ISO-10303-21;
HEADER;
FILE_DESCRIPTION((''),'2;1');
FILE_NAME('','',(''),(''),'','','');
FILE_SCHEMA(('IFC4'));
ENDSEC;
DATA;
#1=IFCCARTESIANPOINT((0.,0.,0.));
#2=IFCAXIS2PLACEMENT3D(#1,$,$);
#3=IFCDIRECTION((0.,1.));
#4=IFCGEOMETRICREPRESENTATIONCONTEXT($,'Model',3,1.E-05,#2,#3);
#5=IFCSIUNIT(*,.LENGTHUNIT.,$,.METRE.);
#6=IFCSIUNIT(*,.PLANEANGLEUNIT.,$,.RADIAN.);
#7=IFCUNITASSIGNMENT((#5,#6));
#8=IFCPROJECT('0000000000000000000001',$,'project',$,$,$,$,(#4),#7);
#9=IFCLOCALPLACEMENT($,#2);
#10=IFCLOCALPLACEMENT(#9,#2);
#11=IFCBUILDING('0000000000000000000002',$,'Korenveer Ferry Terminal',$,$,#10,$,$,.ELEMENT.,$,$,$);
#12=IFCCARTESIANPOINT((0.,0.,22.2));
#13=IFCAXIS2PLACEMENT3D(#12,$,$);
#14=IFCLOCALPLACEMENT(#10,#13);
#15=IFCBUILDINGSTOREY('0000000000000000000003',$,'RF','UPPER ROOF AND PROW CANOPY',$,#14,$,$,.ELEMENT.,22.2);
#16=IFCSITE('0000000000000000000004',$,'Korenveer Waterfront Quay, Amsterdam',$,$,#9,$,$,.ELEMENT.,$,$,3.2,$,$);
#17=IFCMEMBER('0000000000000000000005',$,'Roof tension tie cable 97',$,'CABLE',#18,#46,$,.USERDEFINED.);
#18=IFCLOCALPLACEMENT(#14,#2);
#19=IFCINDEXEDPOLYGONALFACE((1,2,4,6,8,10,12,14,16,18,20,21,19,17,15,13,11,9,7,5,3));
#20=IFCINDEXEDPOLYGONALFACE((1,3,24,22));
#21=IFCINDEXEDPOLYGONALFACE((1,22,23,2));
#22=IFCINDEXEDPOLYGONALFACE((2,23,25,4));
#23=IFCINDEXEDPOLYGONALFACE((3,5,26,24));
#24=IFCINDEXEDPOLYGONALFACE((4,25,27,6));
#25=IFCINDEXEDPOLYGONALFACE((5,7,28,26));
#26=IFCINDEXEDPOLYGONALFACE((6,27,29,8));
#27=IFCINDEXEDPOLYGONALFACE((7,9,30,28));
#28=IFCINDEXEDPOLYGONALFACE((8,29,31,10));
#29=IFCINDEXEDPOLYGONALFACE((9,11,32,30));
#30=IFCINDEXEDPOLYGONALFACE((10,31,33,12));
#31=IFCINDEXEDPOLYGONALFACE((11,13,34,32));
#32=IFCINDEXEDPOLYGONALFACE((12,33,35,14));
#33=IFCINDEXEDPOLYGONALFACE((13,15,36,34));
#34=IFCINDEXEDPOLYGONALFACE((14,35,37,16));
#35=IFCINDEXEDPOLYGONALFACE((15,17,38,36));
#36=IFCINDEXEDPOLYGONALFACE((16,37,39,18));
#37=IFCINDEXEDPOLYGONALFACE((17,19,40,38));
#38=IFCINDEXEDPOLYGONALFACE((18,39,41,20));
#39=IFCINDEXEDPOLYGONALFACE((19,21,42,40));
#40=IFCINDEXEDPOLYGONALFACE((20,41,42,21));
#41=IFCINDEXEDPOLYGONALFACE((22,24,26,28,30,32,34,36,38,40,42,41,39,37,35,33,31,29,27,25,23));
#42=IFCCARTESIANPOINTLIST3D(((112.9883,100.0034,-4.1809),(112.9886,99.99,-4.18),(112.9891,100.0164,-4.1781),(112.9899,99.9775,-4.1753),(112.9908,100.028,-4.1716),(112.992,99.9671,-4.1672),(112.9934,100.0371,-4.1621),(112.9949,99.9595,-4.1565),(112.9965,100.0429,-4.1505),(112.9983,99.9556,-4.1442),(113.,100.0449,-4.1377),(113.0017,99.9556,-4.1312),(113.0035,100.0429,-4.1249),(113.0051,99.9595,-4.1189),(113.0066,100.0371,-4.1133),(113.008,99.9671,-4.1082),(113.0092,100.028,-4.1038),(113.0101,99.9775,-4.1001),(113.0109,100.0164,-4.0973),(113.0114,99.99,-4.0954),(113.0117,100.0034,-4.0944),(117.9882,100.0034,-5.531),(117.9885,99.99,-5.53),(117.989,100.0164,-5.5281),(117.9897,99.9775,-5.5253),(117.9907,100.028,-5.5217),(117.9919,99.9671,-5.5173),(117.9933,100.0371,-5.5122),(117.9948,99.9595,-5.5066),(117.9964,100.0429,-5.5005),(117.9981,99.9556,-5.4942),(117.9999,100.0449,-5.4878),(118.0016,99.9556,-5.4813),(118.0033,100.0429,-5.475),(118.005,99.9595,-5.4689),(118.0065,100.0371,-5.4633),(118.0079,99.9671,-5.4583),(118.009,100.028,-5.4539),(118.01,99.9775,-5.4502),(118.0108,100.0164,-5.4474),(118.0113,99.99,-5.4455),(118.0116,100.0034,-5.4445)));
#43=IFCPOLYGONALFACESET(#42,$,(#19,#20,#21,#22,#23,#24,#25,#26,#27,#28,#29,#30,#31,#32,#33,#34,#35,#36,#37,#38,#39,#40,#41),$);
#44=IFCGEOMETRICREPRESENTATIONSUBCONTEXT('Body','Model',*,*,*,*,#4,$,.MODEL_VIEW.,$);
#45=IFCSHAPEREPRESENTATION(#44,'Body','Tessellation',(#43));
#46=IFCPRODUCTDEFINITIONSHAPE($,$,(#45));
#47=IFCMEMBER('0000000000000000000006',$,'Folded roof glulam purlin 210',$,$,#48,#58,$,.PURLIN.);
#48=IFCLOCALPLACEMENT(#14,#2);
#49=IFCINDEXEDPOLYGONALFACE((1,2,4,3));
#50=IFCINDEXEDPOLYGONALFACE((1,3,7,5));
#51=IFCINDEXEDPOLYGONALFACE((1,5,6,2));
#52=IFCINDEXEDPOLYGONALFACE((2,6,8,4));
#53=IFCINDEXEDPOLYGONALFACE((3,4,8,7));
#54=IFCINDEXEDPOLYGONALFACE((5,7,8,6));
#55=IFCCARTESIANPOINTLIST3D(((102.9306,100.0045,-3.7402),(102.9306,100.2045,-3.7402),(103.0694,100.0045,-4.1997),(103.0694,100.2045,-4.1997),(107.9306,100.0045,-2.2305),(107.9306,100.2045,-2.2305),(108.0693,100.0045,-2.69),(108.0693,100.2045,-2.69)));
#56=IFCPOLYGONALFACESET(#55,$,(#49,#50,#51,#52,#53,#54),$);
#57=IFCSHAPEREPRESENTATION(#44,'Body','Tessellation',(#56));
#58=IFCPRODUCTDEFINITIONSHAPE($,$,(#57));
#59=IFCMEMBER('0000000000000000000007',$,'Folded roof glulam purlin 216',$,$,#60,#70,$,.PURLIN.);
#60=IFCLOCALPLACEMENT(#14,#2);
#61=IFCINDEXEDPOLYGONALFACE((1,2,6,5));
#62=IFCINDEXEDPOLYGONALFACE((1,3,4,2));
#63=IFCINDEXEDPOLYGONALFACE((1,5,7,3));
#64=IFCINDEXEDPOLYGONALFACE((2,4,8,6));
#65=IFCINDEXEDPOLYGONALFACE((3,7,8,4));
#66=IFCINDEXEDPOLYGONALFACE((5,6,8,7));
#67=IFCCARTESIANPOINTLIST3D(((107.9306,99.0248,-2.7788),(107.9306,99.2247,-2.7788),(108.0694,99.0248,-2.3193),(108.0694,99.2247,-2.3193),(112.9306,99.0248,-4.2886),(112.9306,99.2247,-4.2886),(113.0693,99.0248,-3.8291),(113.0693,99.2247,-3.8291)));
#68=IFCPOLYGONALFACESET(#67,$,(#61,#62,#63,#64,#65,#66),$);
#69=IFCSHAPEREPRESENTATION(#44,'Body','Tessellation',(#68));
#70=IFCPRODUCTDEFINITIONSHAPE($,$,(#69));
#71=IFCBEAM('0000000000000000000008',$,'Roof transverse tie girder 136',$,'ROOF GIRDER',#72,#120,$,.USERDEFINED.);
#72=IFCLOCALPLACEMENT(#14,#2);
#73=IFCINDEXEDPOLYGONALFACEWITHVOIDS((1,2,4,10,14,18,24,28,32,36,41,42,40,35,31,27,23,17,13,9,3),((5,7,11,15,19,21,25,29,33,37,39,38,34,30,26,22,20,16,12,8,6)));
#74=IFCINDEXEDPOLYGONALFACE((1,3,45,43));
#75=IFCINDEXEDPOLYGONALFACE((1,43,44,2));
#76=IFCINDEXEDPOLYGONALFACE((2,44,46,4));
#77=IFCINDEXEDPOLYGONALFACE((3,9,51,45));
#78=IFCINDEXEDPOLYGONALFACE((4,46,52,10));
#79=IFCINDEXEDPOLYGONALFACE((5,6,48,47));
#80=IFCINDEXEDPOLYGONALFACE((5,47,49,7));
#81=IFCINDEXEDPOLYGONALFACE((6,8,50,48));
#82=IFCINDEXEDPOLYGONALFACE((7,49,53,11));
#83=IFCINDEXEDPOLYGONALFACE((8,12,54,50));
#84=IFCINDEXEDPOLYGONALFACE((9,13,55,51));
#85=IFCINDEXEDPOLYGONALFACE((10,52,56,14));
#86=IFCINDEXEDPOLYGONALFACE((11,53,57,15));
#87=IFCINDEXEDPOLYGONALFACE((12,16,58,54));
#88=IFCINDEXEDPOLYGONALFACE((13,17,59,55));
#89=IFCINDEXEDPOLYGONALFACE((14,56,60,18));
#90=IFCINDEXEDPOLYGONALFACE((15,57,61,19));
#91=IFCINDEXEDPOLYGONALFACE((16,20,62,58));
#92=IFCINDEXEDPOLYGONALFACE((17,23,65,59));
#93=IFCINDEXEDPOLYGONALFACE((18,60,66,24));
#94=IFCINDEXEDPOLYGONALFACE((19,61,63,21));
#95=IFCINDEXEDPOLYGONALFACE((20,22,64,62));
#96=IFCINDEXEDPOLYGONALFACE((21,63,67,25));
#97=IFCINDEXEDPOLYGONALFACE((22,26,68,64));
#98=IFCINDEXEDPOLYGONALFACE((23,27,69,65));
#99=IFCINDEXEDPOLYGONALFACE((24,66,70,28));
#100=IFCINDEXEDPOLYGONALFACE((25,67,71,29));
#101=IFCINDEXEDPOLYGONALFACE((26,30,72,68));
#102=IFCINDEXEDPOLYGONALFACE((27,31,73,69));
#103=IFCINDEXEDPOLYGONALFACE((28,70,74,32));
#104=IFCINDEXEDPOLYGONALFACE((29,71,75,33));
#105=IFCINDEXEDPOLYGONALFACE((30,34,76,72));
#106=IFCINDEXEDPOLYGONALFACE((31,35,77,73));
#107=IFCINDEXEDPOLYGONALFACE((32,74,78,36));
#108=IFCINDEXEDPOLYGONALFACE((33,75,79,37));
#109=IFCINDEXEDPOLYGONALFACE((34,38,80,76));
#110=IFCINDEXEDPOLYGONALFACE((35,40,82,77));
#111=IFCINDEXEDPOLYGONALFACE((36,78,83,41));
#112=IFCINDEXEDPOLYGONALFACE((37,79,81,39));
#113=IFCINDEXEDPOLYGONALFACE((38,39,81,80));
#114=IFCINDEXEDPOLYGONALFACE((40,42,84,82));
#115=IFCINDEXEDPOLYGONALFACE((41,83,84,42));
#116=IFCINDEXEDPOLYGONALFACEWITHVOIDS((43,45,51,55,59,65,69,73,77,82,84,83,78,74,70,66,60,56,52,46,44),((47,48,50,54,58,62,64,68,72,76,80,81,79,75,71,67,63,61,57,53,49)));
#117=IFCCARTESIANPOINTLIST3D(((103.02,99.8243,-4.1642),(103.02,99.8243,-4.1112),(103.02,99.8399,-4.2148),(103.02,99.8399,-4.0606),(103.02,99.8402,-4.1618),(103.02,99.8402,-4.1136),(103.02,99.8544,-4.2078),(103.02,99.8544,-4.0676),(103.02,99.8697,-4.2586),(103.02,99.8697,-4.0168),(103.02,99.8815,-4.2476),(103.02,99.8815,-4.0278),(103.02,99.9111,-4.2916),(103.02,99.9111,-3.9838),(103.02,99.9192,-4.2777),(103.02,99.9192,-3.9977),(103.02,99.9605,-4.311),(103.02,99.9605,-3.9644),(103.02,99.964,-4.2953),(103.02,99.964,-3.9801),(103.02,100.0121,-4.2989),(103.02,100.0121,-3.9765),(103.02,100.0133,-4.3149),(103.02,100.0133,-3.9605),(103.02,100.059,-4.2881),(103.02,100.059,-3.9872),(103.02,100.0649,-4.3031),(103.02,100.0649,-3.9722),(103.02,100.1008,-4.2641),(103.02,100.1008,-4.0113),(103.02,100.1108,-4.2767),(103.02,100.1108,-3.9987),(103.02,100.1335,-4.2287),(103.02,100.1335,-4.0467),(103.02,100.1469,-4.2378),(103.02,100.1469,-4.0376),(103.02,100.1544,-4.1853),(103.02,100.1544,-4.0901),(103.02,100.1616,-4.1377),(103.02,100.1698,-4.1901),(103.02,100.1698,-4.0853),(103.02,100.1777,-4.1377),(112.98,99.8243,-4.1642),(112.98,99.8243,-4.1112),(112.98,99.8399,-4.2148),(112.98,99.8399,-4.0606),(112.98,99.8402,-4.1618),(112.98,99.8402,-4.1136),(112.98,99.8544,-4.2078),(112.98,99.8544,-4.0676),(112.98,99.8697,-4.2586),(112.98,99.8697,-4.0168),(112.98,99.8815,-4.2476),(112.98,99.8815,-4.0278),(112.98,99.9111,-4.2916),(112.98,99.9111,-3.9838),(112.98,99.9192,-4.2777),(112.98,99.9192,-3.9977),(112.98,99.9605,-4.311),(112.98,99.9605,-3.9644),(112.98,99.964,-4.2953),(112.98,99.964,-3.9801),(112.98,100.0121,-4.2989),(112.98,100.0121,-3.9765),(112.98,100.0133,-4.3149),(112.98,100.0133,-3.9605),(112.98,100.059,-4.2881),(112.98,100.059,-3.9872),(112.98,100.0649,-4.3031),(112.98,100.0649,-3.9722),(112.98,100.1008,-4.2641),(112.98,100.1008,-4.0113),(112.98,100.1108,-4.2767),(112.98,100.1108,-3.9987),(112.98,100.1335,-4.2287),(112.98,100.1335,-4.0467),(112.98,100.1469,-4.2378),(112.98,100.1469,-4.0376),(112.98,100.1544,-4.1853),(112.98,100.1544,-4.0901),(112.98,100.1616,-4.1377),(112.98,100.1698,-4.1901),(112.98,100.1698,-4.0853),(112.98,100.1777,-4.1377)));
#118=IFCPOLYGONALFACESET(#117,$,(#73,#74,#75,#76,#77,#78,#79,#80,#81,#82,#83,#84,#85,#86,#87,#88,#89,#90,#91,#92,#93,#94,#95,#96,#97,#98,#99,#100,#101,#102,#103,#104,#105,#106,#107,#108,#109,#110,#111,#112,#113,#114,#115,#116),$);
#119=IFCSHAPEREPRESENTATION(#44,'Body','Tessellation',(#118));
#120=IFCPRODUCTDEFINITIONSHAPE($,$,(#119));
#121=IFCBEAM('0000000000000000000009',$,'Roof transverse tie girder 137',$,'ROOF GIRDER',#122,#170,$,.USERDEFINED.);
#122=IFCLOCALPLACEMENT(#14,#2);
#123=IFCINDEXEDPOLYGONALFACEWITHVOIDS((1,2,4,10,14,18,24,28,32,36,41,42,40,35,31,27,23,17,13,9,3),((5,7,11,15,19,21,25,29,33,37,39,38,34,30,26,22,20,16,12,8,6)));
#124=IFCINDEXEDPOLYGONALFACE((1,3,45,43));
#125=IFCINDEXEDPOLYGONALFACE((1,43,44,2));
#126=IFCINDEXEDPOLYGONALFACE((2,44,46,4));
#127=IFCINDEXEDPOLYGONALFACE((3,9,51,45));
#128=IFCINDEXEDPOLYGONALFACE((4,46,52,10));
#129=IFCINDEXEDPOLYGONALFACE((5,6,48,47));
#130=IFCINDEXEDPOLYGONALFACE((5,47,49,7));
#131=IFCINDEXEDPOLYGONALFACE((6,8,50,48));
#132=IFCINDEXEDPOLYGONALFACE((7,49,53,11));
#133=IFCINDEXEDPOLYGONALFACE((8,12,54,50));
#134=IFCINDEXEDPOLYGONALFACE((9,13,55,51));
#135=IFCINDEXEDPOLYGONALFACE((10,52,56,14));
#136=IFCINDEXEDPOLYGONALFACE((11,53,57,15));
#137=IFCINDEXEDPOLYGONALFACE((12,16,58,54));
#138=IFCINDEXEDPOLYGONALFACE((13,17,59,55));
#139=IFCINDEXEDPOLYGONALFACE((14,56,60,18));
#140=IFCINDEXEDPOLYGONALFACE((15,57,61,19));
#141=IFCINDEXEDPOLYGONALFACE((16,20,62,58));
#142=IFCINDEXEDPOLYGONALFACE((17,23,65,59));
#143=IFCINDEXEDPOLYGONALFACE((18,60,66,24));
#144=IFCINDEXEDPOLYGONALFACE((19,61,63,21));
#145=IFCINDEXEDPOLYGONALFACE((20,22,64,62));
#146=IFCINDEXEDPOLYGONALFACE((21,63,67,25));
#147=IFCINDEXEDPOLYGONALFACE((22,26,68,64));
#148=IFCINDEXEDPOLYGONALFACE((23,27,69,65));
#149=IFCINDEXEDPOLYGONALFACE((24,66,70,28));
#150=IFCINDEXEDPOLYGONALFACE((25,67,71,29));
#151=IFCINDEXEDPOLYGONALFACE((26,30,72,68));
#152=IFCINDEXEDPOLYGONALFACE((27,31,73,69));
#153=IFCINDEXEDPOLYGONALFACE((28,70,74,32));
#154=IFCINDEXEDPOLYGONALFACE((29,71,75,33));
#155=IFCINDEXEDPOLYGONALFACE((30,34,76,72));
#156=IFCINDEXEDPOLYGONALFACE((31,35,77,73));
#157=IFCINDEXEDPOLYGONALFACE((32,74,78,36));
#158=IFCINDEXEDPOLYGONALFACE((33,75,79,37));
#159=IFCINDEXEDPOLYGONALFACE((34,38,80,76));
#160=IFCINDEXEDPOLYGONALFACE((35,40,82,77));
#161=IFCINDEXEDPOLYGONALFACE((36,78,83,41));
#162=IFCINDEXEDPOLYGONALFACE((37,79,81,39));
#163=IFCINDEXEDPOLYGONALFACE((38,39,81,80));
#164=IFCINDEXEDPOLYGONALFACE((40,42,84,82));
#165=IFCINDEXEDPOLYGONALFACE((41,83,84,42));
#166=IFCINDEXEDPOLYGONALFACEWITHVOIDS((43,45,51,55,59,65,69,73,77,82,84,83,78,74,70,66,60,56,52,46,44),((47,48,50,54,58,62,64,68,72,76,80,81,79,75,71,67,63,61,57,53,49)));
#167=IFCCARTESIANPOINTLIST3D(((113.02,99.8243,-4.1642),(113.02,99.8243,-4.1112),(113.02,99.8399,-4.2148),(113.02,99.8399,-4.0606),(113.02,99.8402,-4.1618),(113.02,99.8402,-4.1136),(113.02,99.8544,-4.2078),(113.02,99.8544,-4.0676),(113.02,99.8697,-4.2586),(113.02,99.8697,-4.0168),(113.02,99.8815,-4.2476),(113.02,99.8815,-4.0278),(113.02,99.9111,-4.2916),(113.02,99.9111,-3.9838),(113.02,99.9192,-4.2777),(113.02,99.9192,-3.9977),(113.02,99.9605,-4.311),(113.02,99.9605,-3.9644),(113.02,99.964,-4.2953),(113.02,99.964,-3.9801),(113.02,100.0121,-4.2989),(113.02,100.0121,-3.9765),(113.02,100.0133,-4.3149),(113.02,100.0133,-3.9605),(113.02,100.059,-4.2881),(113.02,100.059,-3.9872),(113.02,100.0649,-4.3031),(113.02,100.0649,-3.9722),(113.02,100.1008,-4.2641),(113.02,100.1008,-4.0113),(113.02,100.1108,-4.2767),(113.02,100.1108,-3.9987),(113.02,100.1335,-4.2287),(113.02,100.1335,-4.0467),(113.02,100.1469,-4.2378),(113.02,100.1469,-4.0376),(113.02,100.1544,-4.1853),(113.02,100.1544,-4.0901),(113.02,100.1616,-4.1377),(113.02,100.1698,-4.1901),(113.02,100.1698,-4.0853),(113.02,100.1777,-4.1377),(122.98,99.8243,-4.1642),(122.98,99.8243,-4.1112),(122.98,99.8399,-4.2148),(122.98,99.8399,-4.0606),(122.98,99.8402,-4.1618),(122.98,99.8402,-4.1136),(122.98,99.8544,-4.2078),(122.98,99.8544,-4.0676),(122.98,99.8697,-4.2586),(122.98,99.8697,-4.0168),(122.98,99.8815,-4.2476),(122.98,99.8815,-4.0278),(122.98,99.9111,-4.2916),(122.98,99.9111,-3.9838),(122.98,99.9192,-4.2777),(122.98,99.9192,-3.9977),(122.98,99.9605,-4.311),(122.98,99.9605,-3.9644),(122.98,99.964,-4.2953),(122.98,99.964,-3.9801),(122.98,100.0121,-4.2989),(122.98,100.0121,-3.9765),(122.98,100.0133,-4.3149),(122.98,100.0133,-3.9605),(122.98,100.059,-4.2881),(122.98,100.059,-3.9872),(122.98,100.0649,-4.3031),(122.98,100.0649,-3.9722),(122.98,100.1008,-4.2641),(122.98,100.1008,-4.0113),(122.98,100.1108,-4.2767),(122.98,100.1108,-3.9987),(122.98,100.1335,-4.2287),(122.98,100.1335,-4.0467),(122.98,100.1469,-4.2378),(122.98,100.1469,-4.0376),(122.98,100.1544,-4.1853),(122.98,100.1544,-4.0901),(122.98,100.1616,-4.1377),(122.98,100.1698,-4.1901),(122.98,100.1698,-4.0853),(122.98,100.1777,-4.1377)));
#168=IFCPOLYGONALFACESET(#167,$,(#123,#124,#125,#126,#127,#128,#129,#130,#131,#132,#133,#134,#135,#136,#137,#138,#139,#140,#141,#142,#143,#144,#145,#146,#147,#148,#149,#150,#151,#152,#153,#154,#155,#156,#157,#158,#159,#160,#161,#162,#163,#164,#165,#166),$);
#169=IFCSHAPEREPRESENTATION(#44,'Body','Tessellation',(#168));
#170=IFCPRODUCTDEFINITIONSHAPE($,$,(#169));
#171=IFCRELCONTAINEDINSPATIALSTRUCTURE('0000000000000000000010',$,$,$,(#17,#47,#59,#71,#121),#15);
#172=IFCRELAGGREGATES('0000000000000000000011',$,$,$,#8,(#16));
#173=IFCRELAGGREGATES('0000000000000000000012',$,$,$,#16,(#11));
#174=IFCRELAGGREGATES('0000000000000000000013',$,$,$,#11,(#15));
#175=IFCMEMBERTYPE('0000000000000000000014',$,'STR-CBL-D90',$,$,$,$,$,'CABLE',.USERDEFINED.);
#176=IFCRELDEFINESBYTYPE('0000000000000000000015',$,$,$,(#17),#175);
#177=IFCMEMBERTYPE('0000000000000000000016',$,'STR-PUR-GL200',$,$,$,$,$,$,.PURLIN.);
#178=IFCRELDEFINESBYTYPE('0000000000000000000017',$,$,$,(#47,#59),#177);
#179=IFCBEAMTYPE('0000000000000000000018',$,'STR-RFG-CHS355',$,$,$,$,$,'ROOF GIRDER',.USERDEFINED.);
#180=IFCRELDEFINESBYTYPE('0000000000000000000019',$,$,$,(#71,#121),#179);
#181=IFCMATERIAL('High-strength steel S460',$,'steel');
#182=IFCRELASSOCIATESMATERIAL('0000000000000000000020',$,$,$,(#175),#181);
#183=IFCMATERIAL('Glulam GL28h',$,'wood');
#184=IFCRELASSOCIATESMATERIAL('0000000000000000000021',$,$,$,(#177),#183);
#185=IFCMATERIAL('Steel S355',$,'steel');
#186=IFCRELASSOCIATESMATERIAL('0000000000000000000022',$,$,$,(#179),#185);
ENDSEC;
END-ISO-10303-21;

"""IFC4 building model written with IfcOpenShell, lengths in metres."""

from ifc_helpers import new_model, si_unit, direction, frame, origin, origin_2d, place, context, subcontext, project, spatial, rectangle, circle, hollow_circle, extrude, material, material_profile, profile_set, type_object, element, save


model = new_model("IFC4")

# Units and contexts
model_context = context("Model", 3, precision=1e-05, world=origin(), true_north=direction((0.0, 1.0)))
body_context = subcontext(model_context, "Body", "Model", "MODEL_VIEW")
ifc_project = project(units=[si_unit("LENGTHUNIT", "METRE"), si_unit("PLANEANGLEUNIT", "RADIAN")], contexts=[model_context])

# Site, building, storey
site_placement = place(None, origin())
site = spatial("IfcSite", under=ifc_project, at=site_placement, Name="Korenveer Waterfront Quay, Amsterdam", CompositionType="ELEMENT", RefElevation=3.2)
building_placement = place(site_placement, origin())
building = spatial("IfcBuilding", under=site, at=building_placement, Name="Korenveer Ferry Terminal", CompositionType="ELEMENT")
storey_placement = place(building_placement, frame((0.0, 0.0, 22.2)))
storey = spatial("IfcBuildingStorey", under=building, at=storey_placement, Name="RF", Description="UPPER ROOF AND PROW CANOPY", CompositionType="ELEMENT", Elevation=22.2)

# Shared definitions
ifc_material_1 = material(Name="Steel S355", Category="steel")

# Members
ifc_material_2 = material(Name="High-strength steel S460", Category="steel")
ifc_material_profile_1 = material_profile(ifc_material_2, circle(Radius=0.0449, at=origin_2d()), Name="ROD D90")
ifc_profile_set_1 = profile_set([ifc_material_profile_1], Name="High-strength steel S460")
member_type_1 = type_object("IfcMemberType", Name="STR-CBL-D90", ElementType="CABLE", PredefinedType="USERDEFINED", material=ifc_profile_set_1)
for number, where, z_axis, x_axis, name in (
    (1, (113.0, 100.0, -4.1377), (0.965424, 0.0, -0.260683), (0.0, 1.0, 0.0), "Roof tension tie cable 97"),
):
    element("IfcMember", number, at=place(storey_placement, frame(where, z_axis=z_axis, x_axis=x_axis)), inside=storey, type_object=member_type_1, Name=name, ObjectType="CABLE", PredefinedType="USERDEFINED", context=body_context, shape_type="SweptSolid", body=[
        extrude(circle(Radius=0.0449, at=origin_2d()), origin(), (0.0, 0.0, 1.0), 5.179),
    ])
ifc_material_3 = material(Name="Glulam GL28h", Category="wood")
ifc_material_profile_2 = material_profile(ifc_material_3, rectangle(XDim=0.2, YDim=0.48, at=origin_2d()), Name="GL 200x480")
ifc_profile_set_2 = profile_set([ifc_material_profile_2], Name="Glulam GL28h")
member_type_2 = type_object("IfcMemberType", Name="STR-PUR-GL200", PredefinedType="PURLIN", material=ifc_profile_set_2)
for number, where, z_axis, x_axis, name in (
    (2, (103.0, 100.1045, -3.97), (0.95731, 0.0, 0.289063), (0.0, 1.0, 0.0), "Folded roof glulam purlin 210"),
    (3, (108.0, 99.1248, -2.5491), (0.95731, 0.0, -0.289063), (0.0, 1.0, 0.0), "Folded roof glulam purlin 216"),
):
    element("IfcMember", number, at=place(storey_placement, frame(where, z_axis=z_axis, x_axis=x_axis)), inside=storey, type_object=member_type_2, Name=name, PredefinedType="PURLIN", context=body_context, shape_type="SweptSolid", body=[
        extrude(rectangle(XDim=0.2, YDim=0.48, at=origin_2d()), origin(), (0.0, 0.0, 1.0), 5.2229),
    ])

# Beams
ifc_material_profile_3 = material_profile(ifc_material_1, hollow_circle(Radius=0.1777, WallThickness=0.0161, at=origin_2d()), Name="CHS 355.6x16")
ifc_profile_set_3 = profile_set([ifc_material_profile_3], Name="Steel S355")
beam_type_1 = type_object("IfcBeamType", Name="STR-RFG-CHS355", ElementType="ROOF GIRDER", PredefinedType="USERDEFINED", material=ifc_profile_set_3)
for number, where, z_axis, x_axis, name in (
    (4, (103.02, 100.0, -4.1377), (1.0, 0.0, 0.0), (0.0, 1.0, 0.0), "Roof transverse tie girder 136"),
    (5, (113.02, 100.0, -4.1377), (1.0, 0.0, 0.0), (0.0, 1.0, 0.0), "Roof transverse tie girder 137"),
):
    element("IfcBeam", number, at=place(storey_placement, frame(where, z_axis=z_axis, x_axis=x_axis)), inside=storey, type_object=beam_type_1, Name=name, ObjectType="ROOF GIRDER", PredefinedType="USERDEFINED", context=body_context, shape_type="SweptSolid", body=[
        extrude(hollow_circle(Radius=0.1777, WallThickness=0.0161, at=origin_2d()), origin(), (0.0, 0.0, 1.0), 9.96),
    ])

save(model, "model.ifc")
